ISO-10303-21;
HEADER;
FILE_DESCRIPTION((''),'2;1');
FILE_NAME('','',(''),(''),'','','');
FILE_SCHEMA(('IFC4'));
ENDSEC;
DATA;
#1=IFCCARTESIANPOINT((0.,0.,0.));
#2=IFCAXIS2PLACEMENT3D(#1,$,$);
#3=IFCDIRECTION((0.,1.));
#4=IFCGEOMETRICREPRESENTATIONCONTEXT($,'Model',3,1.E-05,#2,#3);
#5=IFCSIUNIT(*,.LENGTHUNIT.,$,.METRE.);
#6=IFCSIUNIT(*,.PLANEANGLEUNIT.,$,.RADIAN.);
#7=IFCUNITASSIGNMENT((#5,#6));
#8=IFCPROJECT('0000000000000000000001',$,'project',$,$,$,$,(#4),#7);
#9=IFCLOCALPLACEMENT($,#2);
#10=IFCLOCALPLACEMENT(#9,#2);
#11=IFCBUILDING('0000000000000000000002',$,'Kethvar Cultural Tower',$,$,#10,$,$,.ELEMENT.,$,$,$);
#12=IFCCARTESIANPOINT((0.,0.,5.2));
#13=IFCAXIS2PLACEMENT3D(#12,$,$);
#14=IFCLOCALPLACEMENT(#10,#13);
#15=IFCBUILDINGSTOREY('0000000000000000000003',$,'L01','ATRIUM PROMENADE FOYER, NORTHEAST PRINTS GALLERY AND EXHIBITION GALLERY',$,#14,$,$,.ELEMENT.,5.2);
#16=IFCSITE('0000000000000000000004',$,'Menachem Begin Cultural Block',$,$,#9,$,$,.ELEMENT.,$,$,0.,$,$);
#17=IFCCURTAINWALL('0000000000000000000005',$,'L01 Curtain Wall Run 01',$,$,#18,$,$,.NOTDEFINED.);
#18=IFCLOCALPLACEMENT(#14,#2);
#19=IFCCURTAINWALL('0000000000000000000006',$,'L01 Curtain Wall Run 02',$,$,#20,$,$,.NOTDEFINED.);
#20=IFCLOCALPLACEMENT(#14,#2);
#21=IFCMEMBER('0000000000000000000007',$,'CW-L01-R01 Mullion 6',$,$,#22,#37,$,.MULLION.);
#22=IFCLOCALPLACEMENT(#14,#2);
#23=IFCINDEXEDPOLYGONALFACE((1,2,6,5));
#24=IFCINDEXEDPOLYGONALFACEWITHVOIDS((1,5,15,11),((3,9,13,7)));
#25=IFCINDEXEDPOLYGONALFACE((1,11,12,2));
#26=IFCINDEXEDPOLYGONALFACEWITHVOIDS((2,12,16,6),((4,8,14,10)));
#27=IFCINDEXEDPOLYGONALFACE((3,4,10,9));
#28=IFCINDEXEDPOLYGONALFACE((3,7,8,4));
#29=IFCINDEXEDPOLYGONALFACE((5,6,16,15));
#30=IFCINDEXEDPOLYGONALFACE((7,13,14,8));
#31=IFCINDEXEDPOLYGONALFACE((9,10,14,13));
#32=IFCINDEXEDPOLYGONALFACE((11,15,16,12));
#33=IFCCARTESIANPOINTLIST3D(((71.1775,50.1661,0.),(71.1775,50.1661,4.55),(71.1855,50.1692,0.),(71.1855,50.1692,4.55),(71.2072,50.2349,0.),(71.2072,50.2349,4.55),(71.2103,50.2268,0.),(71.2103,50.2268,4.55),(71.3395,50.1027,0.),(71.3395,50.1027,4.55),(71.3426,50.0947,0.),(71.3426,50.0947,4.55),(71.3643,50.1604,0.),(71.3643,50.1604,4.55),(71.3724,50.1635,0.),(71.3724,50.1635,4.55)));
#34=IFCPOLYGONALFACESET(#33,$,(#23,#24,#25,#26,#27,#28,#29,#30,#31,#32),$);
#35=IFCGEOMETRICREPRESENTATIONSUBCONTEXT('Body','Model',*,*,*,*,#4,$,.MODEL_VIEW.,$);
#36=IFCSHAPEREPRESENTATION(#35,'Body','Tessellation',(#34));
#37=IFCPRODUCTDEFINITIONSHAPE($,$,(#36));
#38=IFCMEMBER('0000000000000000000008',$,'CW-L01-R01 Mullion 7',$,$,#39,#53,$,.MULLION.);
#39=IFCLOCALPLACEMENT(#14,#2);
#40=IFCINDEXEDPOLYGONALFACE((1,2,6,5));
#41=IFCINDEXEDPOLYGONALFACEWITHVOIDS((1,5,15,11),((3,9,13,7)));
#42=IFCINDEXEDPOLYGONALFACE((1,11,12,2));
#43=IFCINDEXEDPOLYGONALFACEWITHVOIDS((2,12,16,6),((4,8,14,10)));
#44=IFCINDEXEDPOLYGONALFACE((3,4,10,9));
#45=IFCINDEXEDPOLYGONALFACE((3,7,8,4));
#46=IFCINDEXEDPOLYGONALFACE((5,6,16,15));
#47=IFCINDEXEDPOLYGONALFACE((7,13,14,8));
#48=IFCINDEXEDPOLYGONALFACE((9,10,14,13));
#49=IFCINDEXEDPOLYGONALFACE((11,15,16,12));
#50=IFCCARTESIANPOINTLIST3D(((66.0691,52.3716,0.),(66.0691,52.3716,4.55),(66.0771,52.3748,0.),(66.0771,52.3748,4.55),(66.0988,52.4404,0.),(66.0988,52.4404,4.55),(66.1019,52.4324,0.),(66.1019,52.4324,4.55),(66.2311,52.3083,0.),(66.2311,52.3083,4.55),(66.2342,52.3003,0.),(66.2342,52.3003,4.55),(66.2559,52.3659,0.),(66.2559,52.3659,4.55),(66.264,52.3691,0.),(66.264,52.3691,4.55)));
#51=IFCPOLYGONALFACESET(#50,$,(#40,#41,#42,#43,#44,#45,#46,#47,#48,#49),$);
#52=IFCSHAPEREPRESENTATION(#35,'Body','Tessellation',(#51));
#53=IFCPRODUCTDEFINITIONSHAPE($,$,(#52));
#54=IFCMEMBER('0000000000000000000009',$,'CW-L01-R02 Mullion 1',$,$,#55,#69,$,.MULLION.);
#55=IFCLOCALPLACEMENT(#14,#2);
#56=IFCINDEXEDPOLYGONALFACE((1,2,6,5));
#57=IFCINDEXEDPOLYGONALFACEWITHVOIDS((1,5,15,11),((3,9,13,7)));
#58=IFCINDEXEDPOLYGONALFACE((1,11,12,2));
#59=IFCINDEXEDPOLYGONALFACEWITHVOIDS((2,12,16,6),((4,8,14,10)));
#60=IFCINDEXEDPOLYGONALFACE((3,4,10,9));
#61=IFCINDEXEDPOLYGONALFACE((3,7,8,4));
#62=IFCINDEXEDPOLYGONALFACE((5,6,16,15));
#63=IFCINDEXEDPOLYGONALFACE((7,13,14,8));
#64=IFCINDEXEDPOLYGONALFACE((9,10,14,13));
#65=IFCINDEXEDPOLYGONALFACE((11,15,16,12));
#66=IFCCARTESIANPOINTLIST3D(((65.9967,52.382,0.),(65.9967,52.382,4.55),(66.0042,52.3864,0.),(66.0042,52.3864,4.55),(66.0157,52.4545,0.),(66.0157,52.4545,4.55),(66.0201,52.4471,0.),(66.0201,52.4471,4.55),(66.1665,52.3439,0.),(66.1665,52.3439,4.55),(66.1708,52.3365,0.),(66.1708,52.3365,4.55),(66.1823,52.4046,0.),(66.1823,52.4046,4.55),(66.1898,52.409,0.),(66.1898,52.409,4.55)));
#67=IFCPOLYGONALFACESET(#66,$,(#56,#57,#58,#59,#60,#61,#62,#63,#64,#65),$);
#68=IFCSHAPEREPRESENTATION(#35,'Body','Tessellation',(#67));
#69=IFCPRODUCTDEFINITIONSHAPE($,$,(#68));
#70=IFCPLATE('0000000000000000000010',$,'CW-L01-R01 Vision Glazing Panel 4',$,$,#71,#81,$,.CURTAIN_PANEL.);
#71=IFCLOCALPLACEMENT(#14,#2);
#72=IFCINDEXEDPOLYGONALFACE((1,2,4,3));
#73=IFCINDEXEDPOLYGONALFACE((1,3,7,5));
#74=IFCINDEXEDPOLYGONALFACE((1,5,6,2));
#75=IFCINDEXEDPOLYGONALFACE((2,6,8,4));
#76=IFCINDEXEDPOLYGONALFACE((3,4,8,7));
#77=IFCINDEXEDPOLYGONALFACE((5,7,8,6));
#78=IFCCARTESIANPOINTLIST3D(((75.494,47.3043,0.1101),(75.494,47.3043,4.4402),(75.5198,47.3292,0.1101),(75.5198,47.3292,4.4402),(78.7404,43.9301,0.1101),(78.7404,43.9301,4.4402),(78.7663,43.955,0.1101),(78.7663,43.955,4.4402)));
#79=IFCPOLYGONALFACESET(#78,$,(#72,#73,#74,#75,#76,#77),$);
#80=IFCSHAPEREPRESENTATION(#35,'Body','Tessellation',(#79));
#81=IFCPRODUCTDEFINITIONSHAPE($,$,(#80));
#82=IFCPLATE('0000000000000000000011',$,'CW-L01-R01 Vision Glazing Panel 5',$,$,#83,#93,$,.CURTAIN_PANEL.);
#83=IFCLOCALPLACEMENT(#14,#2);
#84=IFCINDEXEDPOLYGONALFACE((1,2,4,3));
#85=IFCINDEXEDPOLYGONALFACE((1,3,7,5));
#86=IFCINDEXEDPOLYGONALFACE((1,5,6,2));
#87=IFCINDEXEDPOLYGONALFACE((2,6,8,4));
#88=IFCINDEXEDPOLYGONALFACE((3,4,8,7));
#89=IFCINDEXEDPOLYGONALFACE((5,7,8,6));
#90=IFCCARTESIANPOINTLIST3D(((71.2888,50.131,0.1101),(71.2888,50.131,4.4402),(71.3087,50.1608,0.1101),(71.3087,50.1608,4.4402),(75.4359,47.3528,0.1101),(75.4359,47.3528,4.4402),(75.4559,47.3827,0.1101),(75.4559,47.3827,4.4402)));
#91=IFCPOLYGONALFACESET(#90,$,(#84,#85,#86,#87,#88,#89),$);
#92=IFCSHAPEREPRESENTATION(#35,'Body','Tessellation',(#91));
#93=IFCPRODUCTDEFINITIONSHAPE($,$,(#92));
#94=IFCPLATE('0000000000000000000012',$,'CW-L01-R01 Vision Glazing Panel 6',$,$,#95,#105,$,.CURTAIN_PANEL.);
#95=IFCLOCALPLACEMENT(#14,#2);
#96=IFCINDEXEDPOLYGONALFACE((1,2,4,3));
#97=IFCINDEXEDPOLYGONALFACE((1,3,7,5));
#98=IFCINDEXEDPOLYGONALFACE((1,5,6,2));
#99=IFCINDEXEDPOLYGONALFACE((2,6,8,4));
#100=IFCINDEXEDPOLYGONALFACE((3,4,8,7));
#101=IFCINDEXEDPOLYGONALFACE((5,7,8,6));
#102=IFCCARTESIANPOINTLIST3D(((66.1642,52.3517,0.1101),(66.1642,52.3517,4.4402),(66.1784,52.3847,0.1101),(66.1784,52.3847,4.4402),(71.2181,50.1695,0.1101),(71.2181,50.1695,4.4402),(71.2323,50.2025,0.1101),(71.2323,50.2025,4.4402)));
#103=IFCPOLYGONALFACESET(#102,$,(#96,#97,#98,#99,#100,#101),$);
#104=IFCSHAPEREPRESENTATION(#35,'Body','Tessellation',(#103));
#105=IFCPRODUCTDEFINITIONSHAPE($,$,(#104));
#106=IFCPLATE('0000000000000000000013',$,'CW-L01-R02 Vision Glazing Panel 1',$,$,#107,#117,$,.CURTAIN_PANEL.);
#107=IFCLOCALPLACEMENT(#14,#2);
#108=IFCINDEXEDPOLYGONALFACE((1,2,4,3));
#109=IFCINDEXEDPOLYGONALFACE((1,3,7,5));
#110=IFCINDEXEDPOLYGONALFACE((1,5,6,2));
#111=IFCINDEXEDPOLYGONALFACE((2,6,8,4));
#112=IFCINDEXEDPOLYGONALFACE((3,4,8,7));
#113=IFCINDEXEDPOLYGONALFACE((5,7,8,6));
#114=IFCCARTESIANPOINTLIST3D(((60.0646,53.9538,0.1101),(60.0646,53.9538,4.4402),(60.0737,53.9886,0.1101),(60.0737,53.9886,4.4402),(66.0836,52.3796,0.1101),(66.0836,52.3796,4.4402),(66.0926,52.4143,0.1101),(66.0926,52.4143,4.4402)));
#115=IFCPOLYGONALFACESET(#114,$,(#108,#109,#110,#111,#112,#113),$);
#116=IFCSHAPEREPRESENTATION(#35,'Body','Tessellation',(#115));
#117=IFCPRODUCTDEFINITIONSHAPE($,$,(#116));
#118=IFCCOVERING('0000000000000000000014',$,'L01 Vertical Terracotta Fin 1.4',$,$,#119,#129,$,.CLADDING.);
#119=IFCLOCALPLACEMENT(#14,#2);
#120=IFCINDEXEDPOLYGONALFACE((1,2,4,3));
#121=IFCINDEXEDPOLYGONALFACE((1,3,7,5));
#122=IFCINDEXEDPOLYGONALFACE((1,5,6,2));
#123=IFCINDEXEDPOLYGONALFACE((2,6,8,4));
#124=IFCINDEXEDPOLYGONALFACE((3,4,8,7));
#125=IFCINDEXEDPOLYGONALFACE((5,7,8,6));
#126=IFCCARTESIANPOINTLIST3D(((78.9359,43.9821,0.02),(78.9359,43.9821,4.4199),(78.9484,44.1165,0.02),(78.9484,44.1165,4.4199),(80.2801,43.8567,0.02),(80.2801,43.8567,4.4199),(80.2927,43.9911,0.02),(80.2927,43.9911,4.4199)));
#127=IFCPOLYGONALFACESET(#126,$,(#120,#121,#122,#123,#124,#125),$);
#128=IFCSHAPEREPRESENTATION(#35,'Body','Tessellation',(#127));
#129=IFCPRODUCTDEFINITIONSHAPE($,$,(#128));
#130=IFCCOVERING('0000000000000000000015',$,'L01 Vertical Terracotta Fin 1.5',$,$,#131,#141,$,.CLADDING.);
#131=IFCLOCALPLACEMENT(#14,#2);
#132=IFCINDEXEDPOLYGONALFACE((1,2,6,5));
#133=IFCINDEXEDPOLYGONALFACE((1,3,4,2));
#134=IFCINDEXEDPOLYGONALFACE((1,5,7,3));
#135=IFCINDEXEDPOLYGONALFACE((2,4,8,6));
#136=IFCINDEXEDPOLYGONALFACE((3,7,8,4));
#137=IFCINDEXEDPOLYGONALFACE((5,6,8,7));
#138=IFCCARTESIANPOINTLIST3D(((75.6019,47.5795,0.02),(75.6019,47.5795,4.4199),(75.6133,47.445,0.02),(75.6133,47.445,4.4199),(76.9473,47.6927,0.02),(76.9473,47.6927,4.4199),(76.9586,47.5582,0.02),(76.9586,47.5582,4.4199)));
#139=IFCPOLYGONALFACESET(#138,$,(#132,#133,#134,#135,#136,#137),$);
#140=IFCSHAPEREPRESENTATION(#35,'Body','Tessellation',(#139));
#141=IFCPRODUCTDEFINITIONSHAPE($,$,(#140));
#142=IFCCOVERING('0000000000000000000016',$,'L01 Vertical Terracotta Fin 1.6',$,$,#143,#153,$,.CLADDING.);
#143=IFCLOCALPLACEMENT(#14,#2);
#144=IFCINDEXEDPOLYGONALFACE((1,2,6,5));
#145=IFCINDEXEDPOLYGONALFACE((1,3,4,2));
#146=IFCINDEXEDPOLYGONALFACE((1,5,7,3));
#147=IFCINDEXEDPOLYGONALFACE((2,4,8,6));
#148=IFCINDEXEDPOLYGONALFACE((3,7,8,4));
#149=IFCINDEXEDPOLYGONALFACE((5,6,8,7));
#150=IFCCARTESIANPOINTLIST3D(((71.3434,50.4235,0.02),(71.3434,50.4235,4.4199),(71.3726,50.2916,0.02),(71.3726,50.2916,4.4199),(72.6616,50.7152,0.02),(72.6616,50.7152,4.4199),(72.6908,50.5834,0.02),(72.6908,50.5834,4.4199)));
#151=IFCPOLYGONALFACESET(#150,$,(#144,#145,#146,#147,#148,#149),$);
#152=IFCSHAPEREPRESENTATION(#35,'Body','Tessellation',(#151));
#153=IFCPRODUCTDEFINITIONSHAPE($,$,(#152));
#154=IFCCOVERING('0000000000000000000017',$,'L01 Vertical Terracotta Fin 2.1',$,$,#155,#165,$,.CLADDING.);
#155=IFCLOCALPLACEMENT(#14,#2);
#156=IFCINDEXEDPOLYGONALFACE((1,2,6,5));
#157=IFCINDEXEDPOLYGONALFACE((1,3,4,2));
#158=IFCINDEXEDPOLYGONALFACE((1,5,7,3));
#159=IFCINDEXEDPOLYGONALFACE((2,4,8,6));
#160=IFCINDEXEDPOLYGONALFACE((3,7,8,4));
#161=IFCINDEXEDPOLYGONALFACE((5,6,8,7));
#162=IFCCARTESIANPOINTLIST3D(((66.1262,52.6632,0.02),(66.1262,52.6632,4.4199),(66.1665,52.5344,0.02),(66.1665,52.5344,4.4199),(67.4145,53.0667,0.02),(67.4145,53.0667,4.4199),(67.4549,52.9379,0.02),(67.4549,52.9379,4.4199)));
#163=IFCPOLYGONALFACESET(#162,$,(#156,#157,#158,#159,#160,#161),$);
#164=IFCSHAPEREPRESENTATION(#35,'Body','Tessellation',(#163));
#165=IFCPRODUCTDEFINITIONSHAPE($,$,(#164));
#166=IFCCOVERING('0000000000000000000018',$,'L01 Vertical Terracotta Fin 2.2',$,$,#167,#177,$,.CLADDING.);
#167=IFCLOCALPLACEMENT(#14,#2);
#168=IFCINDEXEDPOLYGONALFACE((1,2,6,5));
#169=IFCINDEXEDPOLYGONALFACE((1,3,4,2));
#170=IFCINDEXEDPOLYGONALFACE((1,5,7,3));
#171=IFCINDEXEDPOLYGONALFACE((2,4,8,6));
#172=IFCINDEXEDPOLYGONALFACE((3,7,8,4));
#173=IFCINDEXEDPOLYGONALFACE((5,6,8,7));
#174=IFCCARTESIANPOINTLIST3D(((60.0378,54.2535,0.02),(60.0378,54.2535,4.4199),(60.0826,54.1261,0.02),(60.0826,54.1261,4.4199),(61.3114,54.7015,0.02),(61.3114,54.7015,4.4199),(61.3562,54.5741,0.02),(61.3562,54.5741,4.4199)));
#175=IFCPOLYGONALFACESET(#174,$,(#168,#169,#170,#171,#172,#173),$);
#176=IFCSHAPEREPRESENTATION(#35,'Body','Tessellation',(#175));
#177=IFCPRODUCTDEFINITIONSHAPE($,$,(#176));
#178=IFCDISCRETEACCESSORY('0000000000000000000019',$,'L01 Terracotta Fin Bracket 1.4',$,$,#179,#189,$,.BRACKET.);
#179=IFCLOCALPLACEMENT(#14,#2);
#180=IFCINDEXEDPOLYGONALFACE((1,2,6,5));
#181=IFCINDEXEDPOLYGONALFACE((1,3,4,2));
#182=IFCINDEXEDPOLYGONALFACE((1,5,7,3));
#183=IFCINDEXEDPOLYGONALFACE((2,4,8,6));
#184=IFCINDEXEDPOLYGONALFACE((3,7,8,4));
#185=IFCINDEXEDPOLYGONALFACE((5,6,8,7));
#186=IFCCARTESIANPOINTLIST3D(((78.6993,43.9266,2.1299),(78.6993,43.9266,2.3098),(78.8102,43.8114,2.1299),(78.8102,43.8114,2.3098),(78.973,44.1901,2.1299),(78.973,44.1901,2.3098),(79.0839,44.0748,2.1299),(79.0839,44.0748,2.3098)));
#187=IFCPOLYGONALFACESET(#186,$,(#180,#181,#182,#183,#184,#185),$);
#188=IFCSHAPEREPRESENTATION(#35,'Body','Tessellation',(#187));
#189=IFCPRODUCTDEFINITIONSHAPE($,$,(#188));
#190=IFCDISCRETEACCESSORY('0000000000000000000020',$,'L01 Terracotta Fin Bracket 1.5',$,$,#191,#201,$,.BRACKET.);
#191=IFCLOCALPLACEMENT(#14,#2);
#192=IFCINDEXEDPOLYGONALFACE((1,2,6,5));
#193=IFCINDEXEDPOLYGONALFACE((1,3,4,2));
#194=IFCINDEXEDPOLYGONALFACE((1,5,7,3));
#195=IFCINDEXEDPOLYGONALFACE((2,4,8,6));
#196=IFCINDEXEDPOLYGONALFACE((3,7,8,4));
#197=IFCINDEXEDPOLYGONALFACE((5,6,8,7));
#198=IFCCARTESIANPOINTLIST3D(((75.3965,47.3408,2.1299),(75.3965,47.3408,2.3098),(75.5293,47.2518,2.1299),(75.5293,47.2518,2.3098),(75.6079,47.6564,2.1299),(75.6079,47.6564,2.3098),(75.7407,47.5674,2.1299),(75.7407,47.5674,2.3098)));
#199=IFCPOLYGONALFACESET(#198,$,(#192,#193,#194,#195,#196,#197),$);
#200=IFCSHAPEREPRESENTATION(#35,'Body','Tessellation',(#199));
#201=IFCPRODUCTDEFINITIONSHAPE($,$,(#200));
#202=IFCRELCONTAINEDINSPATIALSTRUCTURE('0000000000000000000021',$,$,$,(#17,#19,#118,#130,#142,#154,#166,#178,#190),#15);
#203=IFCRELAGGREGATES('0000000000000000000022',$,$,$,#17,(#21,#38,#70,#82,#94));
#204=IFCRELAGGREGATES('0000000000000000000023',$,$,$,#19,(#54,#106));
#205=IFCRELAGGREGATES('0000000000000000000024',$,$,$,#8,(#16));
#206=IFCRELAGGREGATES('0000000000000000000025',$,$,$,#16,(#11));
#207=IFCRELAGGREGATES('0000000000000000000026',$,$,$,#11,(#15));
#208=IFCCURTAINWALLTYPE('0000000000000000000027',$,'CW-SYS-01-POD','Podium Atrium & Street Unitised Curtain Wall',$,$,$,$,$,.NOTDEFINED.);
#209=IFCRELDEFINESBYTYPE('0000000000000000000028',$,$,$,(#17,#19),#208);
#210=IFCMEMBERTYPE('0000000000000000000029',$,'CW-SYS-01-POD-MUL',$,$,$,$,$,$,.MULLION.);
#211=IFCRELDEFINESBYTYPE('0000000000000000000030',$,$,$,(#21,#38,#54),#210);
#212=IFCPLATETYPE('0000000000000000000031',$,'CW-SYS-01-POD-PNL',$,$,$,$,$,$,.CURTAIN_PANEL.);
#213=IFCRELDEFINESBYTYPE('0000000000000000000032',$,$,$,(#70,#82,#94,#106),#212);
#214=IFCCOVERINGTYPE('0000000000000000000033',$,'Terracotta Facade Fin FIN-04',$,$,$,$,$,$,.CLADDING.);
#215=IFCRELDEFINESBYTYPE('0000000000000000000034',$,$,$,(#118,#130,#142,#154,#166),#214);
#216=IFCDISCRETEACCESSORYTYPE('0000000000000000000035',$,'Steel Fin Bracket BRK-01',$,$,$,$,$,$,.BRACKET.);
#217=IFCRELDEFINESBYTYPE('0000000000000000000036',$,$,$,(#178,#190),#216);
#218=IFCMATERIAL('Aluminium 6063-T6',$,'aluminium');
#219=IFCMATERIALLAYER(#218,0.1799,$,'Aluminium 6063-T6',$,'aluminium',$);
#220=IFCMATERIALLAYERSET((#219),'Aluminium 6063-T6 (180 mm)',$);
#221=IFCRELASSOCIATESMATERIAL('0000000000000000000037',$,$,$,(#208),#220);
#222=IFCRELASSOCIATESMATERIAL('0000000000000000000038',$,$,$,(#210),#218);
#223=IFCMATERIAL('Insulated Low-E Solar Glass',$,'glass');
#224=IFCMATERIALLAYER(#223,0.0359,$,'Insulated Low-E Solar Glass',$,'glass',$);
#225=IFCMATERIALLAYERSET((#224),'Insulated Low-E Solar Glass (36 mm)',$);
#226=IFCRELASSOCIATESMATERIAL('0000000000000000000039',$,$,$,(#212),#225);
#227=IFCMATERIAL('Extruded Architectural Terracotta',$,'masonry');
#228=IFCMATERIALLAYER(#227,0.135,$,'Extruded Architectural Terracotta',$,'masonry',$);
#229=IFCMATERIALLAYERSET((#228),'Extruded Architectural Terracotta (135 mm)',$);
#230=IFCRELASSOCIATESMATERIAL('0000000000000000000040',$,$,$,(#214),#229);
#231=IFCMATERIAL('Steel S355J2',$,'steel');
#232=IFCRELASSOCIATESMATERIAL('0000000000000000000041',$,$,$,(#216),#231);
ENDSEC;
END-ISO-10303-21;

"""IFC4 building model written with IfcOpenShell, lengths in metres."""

from ifc_helpers import new_model, si_unit, direction, frame, origin, origin_2d, place, context, subcontext, project, spatial, rectangle, hollow_rectangle, extrude, source, transform, mapped, material, layer, layer_set, material_profile, profile_set, type_object, element, aggregate, save


model = new_model("IFC4")

# Units and contexts
model_context = context("Model", 3, precision=1e-05, world=origin(), true_north=direction((0.0, 1.0)))
body_context = subcontext(model_context, "Body", "Model", "MODEL_VIEW")
ifc_project = project(units=[si_unit("LENGTHUNIT", "METRE"), si_unit("PLANEANGLEUNIT", "RADIAN")], contexts=[model_context])

# Site, building, storey
site_placement = place(None, origin())
site = spatial("IfcSite", under=ifc_project, at=site_placement, Name="Menachem Begin Cultural Block", CompositionType="ELEMENT", RefElevation=0.0)
building_placement = place(site_placement, origin())
building = spatial("IfcBuilding", under=site, at=building_placement, Name="Kethvar Cultural Tower", CompositionType="ELEMENT")
storey_placement = place(building_placement, frame((0.0, 0.0, 5.2)))
storey = spatial("IfcBuildingStorey", under=building, at=storey_placement, Name="L01", Description="ATRIUM PROMENADE FOYER, NORTHEAST PRINTS GALLERY AND EXHIBITION GALLERY", CompositionType="ELEMENT", Elevation=5.2)

# Shared definitions
ifc_material_1 = material(Name="Steel S355J2", Category="steel")

# Curtain wall
ifc_material_2 = material(Name="Aluminium 6063-T6", Category="aluminium")
ifc_layer_1 = layer(ifc_material_2, 0.1799, Name="Aluminium 6063-T6", Category="aluminium")
ifc_layer_set_1 = layer_set([ifc_layer_1], Name="Aluminium 6063-T6 (180 mm)")
curtain_wall_type = type_object("IfcCurtainWallType", Name="CW-SYS-01-POD", Description="Podium Atrium & Street Unitised Curtain Wall", PredefinedType="NOTDEFINED", material=ifc_layer_set_1)
curtain_wall_1_placement = place(storey_placement, origin())
curtain_wall_1 = element("IfcCurtainWall", 1, at=curtain_wall_1_placement, inside=storey, type_object=curtain_wall_type, Name="L01 Curtain Wall Run 01", PredefinedType="NOTDEFINED")

# Curtain wall
curtain_wall_2_placement = place(storey_placement, origin())
curtain_wall_2 = element("IfcCurtainWall", 2, at=curtain_wall_2_placement, inside=storey, type_object=curtain_wall_type, Name="L01 Curtain Wall Run 02", PredefinedType="NOTDEFINED")

# Members
ifc_material_profile_1 = material_profile(ifc_material_2, hollow_rectangle(XDim=0.075, YDim=0.1799, WallThickness=0.0061, at=origin_2d()), Name="Aluminium 6063-T6 — RHS180x75x6")
ifc_profile_set_1 = profile_set([ifc_material_profile_1], Name="Aluminium 6063-T6 — RHS180x75x6")
member_type_1 = type_object("IfcMemberType", Name="CW-SYS-01-POD-MUL", PredefinedType="MULLION", material=ifc_profile_set_1)
shared_shape_1 = source(origin(), body_context, "Body", "SweptSolid", [
    extrude(hollow_rectangle(XDim=0.075, YDim=0.1799, WallThickness=0.0061, at=origin_2d()), origin(), (0.0, 0.0, 1.0), 4.55),
])
member_1_placement = place(storey_placement, frame((71.2749, 50.1648, 0.0), z_axis=(0.0, 0.0, 1.0), x_axis=(-0.396411, -0.918073, 0.0)))
member_1 = element("IfcMember", 3, at=member_1_placement, type_object=member_type_1, Name="CW-L01-R01 Mullion 6", PredefinedType="MULLION", context=body_context, shape_type="MappedRepresentation", body=[
    mapped(shared_shape_1, transform((0.0, 0.0, 0.0), scale=1.0)),
])
member_2_placement = place(storey_placement, frame((66.1665, 52.3704, 0.0), z_axis=(0.0, 0.0, 1.0), x_axis=(-0.396411, -0.918073, 0.0)))
member_2 = element("IfcMember", 4, at=member_2_placement, type_object=member_type_1, Name="CW-L01-R01 Mullion 7", PredefinedType="MULLION", context=body_context, shape_type="MappedRepresentation", body=[
    mapped(shared_shape_1, transform((0.0, 0.0, 0.0), scale=1.0)),
])
member_3_placement = place(storey_placement, frame((66.0933, 52.3955, 0.0), z_axis=(0.0, 0.0, 1.0), x_axis=(-0.253032, -0.967458, 0.0)))
member_3 = element("IfcMember", 5, at=member_3_placement, type_object=member_type_1, Name="CW-L01-R02 Mullion 1", PredefinedType="MULLION", context=body_context, shape_type="MappedRepresentation", body=[
    mapped(shared_shape_1, transform((0.0, 0.0, 0.0), scale=1.0)),
])

# Plates
ifc_material_3 = material(Name="Insulated Low-E Solar Glass", Category="glass")
ifc_layer_2 = layer(ifc_material_3, 0.0359, Name="Insulated Low-E Solar Glass", Category="glass")
ifc_layer_set_2 = layer_set([ifc_layer_2], Name="Insulated Low-E Solar Glass (36 mm)")
plate_type = type_object("IfcPlateType", Name="CW-SYS-01-POD-PNL", PredefinedType="CURTAIN_PANEL", material=ifc_layer_set_2)
shared_shape_2 = source(origin(), body_context, "Body", "SweptSolid", [
    extrude(rectangle(XDim=4.6824, YDim=0.0359, at=origin_2d()), origin(), (0.0, 0.0, 1.0), 4.3301),
])
plate_1_placement = place(storey_placement, frame((77.1301, 45.6296, 0.1101), z_axis=(0.0, 0.0, 1.0), x_axis=(-0.693339, 0.720612, 0.0)))
plate_1 = element("IfcPlate", 6, at=plate_1_placement, type_object=plate_type, Name="CW-L01-R01 Vision Glazing Panel 4", PredefinedType="CURTAIN_PANEL", context=body_context, shape_type="MappedRepresentation", body=[
    mapped(shared_shape_2, transform((0.0, 0.0, 0.0), scale=1.0)),
])
shared_shape_3 = source(origin(), body_context, "Body", "SweptSolid", [
    extrude(rectangle(XDim=4.9917, YDim=0.0359, at=origin_2d()), origin(), (0.0, 0.0, 1.0), 4.3301),
])
plate_2_placement = place(storey_placement, frame((73.3723, 48.7568, 0.1101), z_axis=(0.0, 0.0, 1.0), x_axis=(-0.83081, 0.556557, 0.0)))
plate_2 = element("IfcPlate", 7, at=plate_2_placement, type_object=plate_type, Name="CW-L01-R01 Vision Glazing Panel 5", PredefinedType="CURTAIN_PANEL", context=body_context, shape_type="MappedRepresentation", body=[
    mapped(shared_shape_3, transform((0.0, 0.0, 0.0), scale=1.0)),
])
shared_shape_4 = source(origin(), body_context, "Body", "SweptSolid", [
    extrude(rectangle(XDim=5.5049, YDim=0.0359, at=origin_2d()), origin(), (0.0, 0.0, 1.0), 4.3301),
])
plate_3_placement = place(storey_placement, frame((68.6982, 51.2771, 0.1101), z_axis=(0.0, 0.0, 1.0), x_axis=(-0.918073, 0.396411, 0.0)))
plate_3 = element("IfcPlate", 8, at=plate_3_placement, type_object=plate_type, Name="CW-L01-R01 Vision Glazing Panel 6", PredefinedType="CURTAIN_PANEL", context=body_context, shape_type="MappedRepresentation", body=[
    mapped(shared_shape_4, transform((0.0, 0.0, 0.0), scale=1.0)),
])
aggregate(curtain_wall_1, [member_1, member_2, plate_1, plate_2, plate_3])
shared_shape_5 = source(origin(), body_context, "Body", "SweptSolid", [
    extrude(rectangle(XDim=6.2214, YDim=0.0359, at=origin_2d()), origin(), (0.0, 0.0, 1.0), 4.3301),
])
plate_4_placement = place(storey_placement, frame((63.0786, 53.1841, 0.1101), z_axis=(0.0, 0.0, 1.0), x_axis=(-0.967458, 0.253032, 0.0)))
plate_4 = element("IfcPlate", 9, at=plate_4_placement, type_object=plate_type, Name="CW-L01-R02 Vision Glazing Panel 1", PredefinedType="CURTAIN_PANEL", context=body_context, shape_type="MappedRepresentation", body=[
    mapped(shared_shape_5, transform((0.0, 0.0, 0.0), scale=1.0)),
])
aggregate(curtain_wall_2, [member_3, plate_4])

# Coverings
ifc_material_4 = material(Name="Extruded Architectural Terracotta", Category="masonry")
ifc_layer_3 = layer(ifc_material_4, 0.135, Name="Extruded Architectural Terracotta", Category="masonry")
ifc_layer_set_3 = layer_set([ifc_layer_3], Name="Extruded Architectural Terracotta (135 mm)")
covering_type = type_object("IfcCoveringType", Name="Terracotta Facade Fin FIN-04", PredefinedType="CLADDING", material=ifc_layer_set_3)
shared_shape_6 = source(origin(), body_context, "Body", "SweptSolid", [
    extrude(rectangle(XDim=1.3501, YDim=0.135, at=origin_2d()), origin(), (0.0, 0.0, 1.0), 4.3999),
])
for number, where, z_axis, x_axis, name in (
    (10, (79.6143, 43.9866, 0.02), (0.0, 0.0, 1.0), (0.995676, -0.092892, 0.0), "L01 Vertical Terracotta Fin 1.4"),
    (11, (76.2803, 47.5688, 0.02), (0.0, 0.0, 1.0), (0.996478, 0.083852, 0.0), "L01 Vertical Terracotta Fin 1.5"),
    (12, (72.0171, 50.5034, 0.02), (0.0, 0.0, 1.0), (0.976371, 0.216099, 0.0), "L01 Vertical Terracotta Fin 1.6"),
    (13, (66.7905, 52.8005, 0.02), (0.0, 0.0, 1.0), (0.954293, 0.298874, 0.0), "L01 Vertical Terracotta Fin 2.1"),
    (14, (60.697, 54.4138, 0.02), (0.0, 0.0, 1.0), (0.943339, 0.331832, 0.0), "L01 Vertical Terracotta Fin 2.2"),
):
    element("IfcCovering", number, at=place(storey_placement, frame(where, z_axis=z_axis, x_axis=x_axis)), inside=storey, type_object=covering_type, Name=name, PredefinedType="CLADDING", context=body_context, shape_type="MappedRepresentation", body=[
        mapped(shared_shape_6, transform((0.0, 0.0, 0.0), scale=1.0)),
    ])

# Discrete accessories
discrete_accessory_type = type_object("IfcDiscreteAccessoryType", Name="Steel Fin Bracket BRK-01", PredefinedType="BRACKET", material=ifc_material_1)
shared_shape_7 = source(origin(), body_context, "Body", "SweptSolid", [
    extrude(rectangle(XDim=0.3799, YDim=0.1599, at=origin_2d()), origin(), (0.0, 0.0, 1.0), 0.1799),
])
for number, where, z_axis, x_axis, name in (
    (15, (78.8916, 44.0007, 2.1299), (0.0, 0.0, 1.0), (0.720551, 0.693402, 0.0), "L01 Terracotta Fin Bracket 1.4"),
    (16, (75.5686, 47.4541, 2.1299), (0.0, 0.0, 1.0), (0.556586, 0.83079, 0.0), "L01 Terracotta Fin Bracket 1.5"),
):
    element("IfcDiscreteAccessory", number, at=place(storey_placement, frame(where, z_axis=z_axis, x_axis=x_axis)), inside=storey, type_object=discrete_accessory_type, Name=name, PredefinedType="BRACKET", context=body_context, shape_type="MappedRepresentation", body=[
        mapped(shared_shape_7, transform((0.0, 0.0, 0.0), scale=1.0)),
    ])

save(model, "model.ifc")
